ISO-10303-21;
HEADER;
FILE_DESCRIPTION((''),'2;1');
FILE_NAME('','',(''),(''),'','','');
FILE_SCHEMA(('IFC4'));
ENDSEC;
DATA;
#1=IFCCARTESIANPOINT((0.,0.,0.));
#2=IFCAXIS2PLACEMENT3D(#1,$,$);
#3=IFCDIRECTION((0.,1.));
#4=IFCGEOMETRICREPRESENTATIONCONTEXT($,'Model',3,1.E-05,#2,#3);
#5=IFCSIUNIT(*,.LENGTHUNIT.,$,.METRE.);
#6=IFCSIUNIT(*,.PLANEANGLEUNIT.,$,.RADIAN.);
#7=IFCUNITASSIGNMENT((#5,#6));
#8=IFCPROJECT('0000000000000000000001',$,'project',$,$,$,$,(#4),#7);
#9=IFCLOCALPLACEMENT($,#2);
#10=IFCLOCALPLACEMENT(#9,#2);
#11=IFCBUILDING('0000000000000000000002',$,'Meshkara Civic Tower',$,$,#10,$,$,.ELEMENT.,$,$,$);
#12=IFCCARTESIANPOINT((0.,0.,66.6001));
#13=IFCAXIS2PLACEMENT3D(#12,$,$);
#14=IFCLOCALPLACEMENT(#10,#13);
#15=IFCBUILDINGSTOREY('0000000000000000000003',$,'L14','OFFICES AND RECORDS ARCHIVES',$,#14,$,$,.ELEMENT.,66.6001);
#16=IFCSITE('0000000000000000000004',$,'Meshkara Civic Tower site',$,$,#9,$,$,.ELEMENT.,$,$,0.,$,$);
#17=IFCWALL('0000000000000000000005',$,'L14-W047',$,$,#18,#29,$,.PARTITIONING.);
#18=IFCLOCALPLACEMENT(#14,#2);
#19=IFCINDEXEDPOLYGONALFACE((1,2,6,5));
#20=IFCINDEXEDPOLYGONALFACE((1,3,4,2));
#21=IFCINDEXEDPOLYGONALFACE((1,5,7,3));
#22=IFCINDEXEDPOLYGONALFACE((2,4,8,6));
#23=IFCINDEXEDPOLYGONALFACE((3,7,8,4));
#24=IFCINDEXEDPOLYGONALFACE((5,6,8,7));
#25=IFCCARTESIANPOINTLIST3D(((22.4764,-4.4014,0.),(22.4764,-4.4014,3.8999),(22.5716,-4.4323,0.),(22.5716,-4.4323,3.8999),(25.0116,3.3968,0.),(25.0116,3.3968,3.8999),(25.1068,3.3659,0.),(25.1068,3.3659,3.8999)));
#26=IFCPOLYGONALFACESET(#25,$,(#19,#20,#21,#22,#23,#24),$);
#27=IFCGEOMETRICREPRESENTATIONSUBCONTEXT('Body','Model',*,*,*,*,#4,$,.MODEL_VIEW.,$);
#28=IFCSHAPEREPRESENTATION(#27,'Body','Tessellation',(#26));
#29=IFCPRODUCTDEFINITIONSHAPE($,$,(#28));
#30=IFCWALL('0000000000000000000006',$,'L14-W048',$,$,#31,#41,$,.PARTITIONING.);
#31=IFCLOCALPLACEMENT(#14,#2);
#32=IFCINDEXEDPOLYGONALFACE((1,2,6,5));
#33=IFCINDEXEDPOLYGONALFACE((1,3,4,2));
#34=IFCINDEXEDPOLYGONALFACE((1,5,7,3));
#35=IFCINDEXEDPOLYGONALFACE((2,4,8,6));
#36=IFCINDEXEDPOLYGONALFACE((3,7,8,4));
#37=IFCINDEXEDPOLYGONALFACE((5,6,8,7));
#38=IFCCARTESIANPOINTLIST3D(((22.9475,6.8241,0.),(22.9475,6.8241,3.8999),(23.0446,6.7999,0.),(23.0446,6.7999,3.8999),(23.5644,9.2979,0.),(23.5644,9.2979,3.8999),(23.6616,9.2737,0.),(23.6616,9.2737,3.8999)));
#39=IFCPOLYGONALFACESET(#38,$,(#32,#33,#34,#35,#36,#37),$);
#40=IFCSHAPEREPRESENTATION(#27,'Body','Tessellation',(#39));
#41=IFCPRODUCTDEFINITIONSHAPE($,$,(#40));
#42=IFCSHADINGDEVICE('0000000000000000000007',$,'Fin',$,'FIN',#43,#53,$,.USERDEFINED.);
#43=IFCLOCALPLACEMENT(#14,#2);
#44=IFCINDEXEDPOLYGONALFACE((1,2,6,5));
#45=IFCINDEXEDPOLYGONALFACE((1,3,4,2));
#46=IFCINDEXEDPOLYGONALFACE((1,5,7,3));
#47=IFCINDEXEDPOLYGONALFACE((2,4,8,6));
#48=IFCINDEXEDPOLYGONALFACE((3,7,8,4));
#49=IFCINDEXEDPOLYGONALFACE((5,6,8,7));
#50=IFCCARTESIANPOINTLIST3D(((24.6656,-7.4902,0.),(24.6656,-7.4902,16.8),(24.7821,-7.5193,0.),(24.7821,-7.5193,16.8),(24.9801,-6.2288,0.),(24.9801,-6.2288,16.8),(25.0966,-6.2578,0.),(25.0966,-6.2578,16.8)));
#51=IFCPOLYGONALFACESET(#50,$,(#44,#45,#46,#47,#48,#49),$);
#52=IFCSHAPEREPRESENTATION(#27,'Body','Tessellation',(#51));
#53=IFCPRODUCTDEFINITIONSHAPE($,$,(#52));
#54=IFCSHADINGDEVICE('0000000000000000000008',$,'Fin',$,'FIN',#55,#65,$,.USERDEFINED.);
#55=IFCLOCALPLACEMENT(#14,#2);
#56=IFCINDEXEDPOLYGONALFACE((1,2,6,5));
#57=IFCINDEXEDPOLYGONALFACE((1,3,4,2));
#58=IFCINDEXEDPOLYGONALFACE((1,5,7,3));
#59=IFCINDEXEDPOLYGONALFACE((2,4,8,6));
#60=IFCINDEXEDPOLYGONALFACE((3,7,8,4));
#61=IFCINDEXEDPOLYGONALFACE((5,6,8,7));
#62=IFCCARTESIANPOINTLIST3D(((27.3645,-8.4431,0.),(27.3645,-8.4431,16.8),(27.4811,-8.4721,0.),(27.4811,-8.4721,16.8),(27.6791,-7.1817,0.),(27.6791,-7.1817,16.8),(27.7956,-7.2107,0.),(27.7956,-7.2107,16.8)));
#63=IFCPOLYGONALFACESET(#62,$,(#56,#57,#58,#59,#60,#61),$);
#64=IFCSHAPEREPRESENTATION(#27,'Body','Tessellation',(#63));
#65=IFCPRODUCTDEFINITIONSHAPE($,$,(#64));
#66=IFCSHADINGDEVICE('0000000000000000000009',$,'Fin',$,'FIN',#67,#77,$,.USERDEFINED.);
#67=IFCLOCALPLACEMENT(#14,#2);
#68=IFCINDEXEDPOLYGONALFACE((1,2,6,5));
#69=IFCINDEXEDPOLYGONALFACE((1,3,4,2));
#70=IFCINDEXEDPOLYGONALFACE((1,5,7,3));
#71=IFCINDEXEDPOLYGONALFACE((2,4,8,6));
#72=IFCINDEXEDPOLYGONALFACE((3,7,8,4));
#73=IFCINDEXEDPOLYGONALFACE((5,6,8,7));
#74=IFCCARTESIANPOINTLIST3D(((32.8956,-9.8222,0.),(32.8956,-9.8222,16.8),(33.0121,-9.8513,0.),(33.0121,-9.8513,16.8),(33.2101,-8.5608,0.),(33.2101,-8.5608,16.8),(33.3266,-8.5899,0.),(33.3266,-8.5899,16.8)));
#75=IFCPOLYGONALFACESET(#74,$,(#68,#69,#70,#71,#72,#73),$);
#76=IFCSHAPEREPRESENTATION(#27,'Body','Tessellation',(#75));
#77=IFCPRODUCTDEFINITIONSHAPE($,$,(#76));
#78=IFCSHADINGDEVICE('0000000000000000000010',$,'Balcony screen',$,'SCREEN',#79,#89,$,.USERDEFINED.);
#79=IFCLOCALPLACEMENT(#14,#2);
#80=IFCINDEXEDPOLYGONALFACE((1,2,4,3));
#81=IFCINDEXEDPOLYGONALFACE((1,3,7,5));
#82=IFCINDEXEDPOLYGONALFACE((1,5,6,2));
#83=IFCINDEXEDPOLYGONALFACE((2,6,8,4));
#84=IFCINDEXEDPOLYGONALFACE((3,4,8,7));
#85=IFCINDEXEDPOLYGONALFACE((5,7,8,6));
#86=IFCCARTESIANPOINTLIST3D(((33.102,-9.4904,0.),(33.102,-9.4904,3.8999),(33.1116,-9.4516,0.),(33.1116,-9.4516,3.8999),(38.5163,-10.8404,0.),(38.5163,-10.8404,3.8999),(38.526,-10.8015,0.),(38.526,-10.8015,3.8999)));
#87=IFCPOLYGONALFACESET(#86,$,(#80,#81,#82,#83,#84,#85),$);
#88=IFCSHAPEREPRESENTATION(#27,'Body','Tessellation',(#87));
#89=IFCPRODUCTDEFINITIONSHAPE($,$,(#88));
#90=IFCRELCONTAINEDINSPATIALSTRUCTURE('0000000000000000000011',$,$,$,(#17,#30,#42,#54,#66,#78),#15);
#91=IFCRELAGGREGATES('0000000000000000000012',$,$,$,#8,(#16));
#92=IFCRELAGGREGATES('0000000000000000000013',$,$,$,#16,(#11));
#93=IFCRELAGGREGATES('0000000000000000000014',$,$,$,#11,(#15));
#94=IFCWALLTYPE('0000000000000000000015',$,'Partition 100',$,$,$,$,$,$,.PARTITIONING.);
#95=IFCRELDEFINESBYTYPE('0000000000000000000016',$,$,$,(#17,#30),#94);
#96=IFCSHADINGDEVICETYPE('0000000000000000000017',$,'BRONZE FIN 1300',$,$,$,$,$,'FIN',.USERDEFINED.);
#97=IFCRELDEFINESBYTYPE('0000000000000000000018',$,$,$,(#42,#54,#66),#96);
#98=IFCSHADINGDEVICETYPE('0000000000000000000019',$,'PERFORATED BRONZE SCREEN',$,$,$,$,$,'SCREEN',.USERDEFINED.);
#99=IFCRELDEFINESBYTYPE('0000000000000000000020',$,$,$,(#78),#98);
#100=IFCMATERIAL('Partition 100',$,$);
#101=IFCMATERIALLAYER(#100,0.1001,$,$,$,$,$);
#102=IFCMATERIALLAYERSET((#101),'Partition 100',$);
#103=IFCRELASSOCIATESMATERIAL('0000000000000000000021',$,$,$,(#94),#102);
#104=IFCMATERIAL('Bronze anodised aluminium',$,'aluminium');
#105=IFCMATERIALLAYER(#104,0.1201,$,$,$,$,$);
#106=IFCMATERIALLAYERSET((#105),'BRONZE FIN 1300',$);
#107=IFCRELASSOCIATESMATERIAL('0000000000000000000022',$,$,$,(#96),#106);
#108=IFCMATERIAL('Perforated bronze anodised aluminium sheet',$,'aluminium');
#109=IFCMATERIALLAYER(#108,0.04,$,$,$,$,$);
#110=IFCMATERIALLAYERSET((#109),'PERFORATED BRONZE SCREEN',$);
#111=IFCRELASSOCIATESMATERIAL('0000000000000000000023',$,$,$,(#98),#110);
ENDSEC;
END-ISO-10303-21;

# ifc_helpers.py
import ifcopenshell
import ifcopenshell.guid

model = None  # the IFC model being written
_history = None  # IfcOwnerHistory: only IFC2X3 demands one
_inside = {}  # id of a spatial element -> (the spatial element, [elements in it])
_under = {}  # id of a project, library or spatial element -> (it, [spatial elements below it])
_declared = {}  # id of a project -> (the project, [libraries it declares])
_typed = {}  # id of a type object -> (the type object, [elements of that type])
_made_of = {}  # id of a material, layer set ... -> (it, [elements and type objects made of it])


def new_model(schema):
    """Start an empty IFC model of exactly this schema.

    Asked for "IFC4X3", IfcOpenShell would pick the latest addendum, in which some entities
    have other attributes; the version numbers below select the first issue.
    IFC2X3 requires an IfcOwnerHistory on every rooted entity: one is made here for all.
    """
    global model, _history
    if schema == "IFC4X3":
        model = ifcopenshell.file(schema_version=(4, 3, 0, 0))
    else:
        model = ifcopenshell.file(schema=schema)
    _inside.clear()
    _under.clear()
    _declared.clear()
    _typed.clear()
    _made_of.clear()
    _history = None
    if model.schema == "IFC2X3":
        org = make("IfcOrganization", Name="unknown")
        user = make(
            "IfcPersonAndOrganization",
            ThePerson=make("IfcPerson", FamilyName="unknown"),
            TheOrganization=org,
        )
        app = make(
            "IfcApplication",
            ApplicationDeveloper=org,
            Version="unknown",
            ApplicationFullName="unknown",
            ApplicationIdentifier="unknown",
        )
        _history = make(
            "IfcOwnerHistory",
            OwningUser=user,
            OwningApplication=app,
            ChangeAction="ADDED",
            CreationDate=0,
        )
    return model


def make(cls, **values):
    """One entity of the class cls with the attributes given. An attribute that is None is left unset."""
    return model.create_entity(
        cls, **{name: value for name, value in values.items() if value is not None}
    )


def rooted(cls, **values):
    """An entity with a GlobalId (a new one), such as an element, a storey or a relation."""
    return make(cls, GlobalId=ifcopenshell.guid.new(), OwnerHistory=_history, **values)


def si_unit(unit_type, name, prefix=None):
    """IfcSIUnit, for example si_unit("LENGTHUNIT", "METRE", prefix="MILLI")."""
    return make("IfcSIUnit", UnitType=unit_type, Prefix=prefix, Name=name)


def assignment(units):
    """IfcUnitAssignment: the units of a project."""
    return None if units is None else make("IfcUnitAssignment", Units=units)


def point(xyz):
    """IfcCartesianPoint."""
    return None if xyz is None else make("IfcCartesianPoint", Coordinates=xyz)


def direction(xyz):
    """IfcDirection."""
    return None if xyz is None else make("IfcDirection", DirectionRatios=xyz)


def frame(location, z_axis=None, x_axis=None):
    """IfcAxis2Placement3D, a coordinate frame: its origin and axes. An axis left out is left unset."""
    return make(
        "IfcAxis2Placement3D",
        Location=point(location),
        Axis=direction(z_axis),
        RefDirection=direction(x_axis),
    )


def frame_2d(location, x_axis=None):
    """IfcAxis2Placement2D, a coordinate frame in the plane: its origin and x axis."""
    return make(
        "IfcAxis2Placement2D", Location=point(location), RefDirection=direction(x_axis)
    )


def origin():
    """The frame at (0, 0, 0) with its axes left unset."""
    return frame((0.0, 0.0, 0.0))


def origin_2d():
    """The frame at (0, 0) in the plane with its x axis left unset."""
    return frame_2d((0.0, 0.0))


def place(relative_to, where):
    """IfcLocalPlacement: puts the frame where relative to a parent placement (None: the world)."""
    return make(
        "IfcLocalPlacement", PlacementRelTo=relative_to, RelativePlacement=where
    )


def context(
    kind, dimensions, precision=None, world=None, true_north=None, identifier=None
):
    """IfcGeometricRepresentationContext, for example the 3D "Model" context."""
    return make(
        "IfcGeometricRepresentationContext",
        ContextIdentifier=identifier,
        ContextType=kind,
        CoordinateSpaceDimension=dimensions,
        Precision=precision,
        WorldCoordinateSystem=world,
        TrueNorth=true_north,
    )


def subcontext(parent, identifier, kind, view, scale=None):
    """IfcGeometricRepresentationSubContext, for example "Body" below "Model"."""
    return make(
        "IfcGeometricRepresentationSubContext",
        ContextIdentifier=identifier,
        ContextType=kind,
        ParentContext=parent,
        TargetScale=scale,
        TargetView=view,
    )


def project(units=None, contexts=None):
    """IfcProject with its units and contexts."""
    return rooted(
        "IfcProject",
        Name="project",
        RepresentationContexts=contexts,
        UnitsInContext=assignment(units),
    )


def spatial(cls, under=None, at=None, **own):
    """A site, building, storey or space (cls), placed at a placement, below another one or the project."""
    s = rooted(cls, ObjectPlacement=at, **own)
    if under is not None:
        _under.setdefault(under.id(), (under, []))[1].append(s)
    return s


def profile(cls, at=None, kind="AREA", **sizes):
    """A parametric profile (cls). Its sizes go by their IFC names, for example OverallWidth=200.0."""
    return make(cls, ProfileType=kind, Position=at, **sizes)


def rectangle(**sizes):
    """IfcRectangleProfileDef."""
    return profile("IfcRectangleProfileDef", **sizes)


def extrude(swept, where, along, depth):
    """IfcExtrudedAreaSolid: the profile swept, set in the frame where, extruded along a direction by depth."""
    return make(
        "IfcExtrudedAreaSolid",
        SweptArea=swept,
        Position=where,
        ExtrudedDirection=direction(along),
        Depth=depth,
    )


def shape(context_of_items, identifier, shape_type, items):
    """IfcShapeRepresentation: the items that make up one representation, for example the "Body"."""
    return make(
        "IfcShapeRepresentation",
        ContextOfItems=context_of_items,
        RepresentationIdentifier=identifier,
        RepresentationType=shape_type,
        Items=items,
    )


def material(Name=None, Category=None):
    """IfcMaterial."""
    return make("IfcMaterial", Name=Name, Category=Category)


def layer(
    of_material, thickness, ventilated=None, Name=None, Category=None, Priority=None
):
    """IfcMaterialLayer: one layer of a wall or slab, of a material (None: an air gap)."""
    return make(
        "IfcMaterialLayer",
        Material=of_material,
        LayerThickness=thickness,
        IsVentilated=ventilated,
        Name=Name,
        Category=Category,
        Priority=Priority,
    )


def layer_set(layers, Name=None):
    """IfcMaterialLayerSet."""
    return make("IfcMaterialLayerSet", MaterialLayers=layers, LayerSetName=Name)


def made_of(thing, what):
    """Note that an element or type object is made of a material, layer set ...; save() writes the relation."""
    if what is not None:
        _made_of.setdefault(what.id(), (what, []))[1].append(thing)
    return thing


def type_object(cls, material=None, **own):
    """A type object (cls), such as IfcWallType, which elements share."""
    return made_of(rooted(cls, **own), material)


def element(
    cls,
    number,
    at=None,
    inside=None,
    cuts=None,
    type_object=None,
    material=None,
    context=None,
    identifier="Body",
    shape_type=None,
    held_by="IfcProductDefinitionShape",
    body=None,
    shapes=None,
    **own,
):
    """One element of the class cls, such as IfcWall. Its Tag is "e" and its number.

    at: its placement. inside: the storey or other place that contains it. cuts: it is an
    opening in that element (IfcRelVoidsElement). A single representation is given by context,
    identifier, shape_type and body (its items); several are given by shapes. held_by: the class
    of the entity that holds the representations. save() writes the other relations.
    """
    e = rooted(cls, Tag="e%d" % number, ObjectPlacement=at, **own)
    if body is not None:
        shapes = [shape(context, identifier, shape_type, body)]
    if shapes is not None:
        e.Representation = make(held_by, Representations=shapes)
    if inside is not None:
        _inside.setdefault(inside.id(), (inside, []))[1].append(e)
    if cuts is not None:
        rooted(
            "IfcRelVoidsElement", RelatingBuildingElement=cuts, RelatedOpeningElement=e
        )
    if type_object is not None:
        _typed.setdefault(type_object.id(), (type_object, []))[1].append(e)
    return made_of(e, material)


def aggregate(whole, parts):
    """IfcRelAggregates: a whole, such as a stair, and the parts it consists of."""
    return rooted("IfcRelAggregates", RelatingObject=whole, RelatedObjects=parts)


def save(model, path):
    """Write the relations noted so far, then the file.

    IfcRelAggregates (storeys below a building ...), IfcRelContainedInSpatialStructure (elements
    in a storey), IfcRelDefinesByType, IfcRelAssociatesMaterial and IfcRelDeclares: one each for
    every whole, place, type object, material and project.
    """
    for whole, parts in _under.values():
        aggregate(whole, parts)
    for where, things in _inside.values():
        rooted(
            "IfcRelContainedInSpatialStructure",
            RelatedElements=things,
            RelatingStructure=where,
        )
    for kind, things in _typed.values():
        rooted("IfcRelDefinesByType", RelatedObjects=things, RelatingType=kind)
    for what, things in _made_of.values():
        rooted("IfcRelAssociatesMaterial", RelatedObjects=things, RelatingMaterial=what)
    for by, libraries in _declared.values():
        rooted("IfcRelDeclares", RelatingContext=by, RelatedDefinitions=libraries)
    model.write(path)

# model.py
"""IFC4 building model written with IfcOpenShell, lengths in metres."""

from ifc_helpers import new_model, si_unit, direction, frame, frame_2d, origin, origin_2d, place, context, subcontext, project, spatial, rectangle, extrude, material, layer, layer_set, type_object, element, save


model = new_model("IFC4")

# Units and contexts
model_context = context("Model", 3, precision=1e-05, world=origin(), true_north=direction((0.0, 1.0)))
body_context = subcontext(model_context, "Body", "Model", "MODEL_VIEW")
ifc_project = project(units=[si_unit("LENGTHUNIT", "METRE"), si_unit("PLANEANGLEUNIT", "RADIAN")], contexts=[model_context])

# Site, building, storey
site_placement = place(None, origin())
site = spatial("IfcSite", under=ifc_project, at=site_placement, Name="Meshkara Civic Tower site", CompositionType="ELEMENT", RefElevation=0.0)
building_placement = place(site_placement, origin())
building = spatial("IfcBuilding", under=site, at=building_placement, Name="Meshkara Civic Tower", CompositionType="ELEMENT")
storey_placement = place(building_placement, frame((0.0, 0.0, 66.6001)))
storey = spatial("IfcBuildingStorey", under=building, at=storey_placement, Name="L14", Description="OFFICES AND RECORDS ARCHIVES", CompositionType="ELEMENT", Elevation=66.6001)

# Walls
ifc_material_1 = material(Name="Partition 100")
ifc_layer_1 = layer(ifc_material_1, 0.1001)
ifc_layer_set_1 = layer_set([ifc_layer_1], Name="Partition 100")
wall_type_1 = type_object("IfcWallType", Name="Partition 100", PredefinedType="PARTITIONING", material=ifc_layer_set_1)
wall_1_placement = place(storey_placement, frame((22.5239, -4.417, 0.0), z_axis=(0.0, 0.0, 1.0), x_axis=(0.309172, 0.951006, 0.0)))
element("IfcWall", 1, at=wall_1_placement, inside=storey, type_object=wall_type_1, Name="L14-W047", PredefinedType="PARTITIONING", context=body_context, shape_type="SweptSolid", body=[
    extrude(rectangle(XDim=8.2, YDim=0.1001, at=frame_2d((4.1001, 0.0))), origin(), (0.0, 0.0, 1.0), 3.8999),
])
wall_2_placement = place(storey_placement, frame((23.613, 9.2859, 0.0), z_axis=(0.0, 0.0, 1.0), x_axis=(-0.241972, -0.970283, 0.0)))
element("IfcWall", 2, at=wall_2_placement, inside=storey, type_object=wall_type_1, Name="L14-W048", PredefinedType="PARTITIONING", context=body_context, shape_type="SweptSolid", body=[
    extrude(rectangle(XDim=2.5496, YDim=0.1001, at=frame_2d((1.2749, 0.0))), origin(), (0.0, 0.0, 1.0), 3.8999),
])

# Shading devices
ifc_material_2 = material(Name="Bronze anodised aluminium", Category="aluminium")
ifc_layer_2 = layer(ifc_material_2, 0.1201)
ifc_layer_set_2 = layer_set([ifc_layer_2], Name="BRONZE FIN 1300")
shading_device_type_1 = type_object("IfcShadingDeviceType", Name="BRONZE FIN 1300", ElementType="FIN", PredefinedType="USERDEFINED", material=ifc_layer_set_2)
for number, where, z_axis, x_axis, name in (
    (3, (24.8811, -6.874, 0.0), (0.0, 0.0, 1.0), (0.970296, -0.241922, 0.0), "Fin"),
    (4, (27.5801, -7.8269, 0.0), (0.0, 0.0, 1.0), (0.970296, -0.241922, 0.0), "Fin"),
    (5, (33.1111, -9.2061, 0.0), (0.0, 0.0, 1.0), (0.970296, -0.241922, 0.0), "Fin"),
):
    element("IfcShadingDevice", number, at=place(storey_placement, frame(where, z_axis=z_axis, x_axis=x_axis)), inside=storey, type_object=shading_device_type_1, Name=name, ObjectType="FIN", PredefinedType="USERDEFINED", context=body_context, shape_type="SweptSolid", body=[
        extrude(rectangle(XDim=0.1201, YDim=1.3, at=origin_2d()), origin(), (0.0, 0.0, 1.0), 16.8),
    ])
ifc_material_3 = material(Name="Perforated bronze anodised aluminium sheet", Category="aluminium")
ifc_layer_3 = layer(ifc_material_3, 0.04)
ifc_layer_set_3 = layer_set([ifc_layer_3], Name="PERFORATED BRONZE SCREEN")
shading_device_type_2 = type_object("IfcShadingDeviceType", Name="PERFORATED BRONZE SCREEN", ElementType="SCREEN", PredefinedType="USERDEFINED", material=ifc_layer_set_3)
shading_device_placement = place(storey_placement, frame((35.814, -10.146, 0.0), z_axis=(0.0, 0.0, 1.0), x_axis=(0.970296, -0.241922, 0.0)))
element("IfcShadingDevice", 6, at=shading_device_placement, inside=storey, type_object=shading_device_type_2, Name="Balcony screen", ObjectType="SCREEN", PredefinedType="USERDEFINED", context=body_context, shape_type="SweptSolid", body=[
    extrude(rectangle(XDim=5.5801, YDim=0.04, at=origin_2d()), origin(), (0.0, 0.0, 1.0), 3.8999),
])

save(model, "model.ifc")
